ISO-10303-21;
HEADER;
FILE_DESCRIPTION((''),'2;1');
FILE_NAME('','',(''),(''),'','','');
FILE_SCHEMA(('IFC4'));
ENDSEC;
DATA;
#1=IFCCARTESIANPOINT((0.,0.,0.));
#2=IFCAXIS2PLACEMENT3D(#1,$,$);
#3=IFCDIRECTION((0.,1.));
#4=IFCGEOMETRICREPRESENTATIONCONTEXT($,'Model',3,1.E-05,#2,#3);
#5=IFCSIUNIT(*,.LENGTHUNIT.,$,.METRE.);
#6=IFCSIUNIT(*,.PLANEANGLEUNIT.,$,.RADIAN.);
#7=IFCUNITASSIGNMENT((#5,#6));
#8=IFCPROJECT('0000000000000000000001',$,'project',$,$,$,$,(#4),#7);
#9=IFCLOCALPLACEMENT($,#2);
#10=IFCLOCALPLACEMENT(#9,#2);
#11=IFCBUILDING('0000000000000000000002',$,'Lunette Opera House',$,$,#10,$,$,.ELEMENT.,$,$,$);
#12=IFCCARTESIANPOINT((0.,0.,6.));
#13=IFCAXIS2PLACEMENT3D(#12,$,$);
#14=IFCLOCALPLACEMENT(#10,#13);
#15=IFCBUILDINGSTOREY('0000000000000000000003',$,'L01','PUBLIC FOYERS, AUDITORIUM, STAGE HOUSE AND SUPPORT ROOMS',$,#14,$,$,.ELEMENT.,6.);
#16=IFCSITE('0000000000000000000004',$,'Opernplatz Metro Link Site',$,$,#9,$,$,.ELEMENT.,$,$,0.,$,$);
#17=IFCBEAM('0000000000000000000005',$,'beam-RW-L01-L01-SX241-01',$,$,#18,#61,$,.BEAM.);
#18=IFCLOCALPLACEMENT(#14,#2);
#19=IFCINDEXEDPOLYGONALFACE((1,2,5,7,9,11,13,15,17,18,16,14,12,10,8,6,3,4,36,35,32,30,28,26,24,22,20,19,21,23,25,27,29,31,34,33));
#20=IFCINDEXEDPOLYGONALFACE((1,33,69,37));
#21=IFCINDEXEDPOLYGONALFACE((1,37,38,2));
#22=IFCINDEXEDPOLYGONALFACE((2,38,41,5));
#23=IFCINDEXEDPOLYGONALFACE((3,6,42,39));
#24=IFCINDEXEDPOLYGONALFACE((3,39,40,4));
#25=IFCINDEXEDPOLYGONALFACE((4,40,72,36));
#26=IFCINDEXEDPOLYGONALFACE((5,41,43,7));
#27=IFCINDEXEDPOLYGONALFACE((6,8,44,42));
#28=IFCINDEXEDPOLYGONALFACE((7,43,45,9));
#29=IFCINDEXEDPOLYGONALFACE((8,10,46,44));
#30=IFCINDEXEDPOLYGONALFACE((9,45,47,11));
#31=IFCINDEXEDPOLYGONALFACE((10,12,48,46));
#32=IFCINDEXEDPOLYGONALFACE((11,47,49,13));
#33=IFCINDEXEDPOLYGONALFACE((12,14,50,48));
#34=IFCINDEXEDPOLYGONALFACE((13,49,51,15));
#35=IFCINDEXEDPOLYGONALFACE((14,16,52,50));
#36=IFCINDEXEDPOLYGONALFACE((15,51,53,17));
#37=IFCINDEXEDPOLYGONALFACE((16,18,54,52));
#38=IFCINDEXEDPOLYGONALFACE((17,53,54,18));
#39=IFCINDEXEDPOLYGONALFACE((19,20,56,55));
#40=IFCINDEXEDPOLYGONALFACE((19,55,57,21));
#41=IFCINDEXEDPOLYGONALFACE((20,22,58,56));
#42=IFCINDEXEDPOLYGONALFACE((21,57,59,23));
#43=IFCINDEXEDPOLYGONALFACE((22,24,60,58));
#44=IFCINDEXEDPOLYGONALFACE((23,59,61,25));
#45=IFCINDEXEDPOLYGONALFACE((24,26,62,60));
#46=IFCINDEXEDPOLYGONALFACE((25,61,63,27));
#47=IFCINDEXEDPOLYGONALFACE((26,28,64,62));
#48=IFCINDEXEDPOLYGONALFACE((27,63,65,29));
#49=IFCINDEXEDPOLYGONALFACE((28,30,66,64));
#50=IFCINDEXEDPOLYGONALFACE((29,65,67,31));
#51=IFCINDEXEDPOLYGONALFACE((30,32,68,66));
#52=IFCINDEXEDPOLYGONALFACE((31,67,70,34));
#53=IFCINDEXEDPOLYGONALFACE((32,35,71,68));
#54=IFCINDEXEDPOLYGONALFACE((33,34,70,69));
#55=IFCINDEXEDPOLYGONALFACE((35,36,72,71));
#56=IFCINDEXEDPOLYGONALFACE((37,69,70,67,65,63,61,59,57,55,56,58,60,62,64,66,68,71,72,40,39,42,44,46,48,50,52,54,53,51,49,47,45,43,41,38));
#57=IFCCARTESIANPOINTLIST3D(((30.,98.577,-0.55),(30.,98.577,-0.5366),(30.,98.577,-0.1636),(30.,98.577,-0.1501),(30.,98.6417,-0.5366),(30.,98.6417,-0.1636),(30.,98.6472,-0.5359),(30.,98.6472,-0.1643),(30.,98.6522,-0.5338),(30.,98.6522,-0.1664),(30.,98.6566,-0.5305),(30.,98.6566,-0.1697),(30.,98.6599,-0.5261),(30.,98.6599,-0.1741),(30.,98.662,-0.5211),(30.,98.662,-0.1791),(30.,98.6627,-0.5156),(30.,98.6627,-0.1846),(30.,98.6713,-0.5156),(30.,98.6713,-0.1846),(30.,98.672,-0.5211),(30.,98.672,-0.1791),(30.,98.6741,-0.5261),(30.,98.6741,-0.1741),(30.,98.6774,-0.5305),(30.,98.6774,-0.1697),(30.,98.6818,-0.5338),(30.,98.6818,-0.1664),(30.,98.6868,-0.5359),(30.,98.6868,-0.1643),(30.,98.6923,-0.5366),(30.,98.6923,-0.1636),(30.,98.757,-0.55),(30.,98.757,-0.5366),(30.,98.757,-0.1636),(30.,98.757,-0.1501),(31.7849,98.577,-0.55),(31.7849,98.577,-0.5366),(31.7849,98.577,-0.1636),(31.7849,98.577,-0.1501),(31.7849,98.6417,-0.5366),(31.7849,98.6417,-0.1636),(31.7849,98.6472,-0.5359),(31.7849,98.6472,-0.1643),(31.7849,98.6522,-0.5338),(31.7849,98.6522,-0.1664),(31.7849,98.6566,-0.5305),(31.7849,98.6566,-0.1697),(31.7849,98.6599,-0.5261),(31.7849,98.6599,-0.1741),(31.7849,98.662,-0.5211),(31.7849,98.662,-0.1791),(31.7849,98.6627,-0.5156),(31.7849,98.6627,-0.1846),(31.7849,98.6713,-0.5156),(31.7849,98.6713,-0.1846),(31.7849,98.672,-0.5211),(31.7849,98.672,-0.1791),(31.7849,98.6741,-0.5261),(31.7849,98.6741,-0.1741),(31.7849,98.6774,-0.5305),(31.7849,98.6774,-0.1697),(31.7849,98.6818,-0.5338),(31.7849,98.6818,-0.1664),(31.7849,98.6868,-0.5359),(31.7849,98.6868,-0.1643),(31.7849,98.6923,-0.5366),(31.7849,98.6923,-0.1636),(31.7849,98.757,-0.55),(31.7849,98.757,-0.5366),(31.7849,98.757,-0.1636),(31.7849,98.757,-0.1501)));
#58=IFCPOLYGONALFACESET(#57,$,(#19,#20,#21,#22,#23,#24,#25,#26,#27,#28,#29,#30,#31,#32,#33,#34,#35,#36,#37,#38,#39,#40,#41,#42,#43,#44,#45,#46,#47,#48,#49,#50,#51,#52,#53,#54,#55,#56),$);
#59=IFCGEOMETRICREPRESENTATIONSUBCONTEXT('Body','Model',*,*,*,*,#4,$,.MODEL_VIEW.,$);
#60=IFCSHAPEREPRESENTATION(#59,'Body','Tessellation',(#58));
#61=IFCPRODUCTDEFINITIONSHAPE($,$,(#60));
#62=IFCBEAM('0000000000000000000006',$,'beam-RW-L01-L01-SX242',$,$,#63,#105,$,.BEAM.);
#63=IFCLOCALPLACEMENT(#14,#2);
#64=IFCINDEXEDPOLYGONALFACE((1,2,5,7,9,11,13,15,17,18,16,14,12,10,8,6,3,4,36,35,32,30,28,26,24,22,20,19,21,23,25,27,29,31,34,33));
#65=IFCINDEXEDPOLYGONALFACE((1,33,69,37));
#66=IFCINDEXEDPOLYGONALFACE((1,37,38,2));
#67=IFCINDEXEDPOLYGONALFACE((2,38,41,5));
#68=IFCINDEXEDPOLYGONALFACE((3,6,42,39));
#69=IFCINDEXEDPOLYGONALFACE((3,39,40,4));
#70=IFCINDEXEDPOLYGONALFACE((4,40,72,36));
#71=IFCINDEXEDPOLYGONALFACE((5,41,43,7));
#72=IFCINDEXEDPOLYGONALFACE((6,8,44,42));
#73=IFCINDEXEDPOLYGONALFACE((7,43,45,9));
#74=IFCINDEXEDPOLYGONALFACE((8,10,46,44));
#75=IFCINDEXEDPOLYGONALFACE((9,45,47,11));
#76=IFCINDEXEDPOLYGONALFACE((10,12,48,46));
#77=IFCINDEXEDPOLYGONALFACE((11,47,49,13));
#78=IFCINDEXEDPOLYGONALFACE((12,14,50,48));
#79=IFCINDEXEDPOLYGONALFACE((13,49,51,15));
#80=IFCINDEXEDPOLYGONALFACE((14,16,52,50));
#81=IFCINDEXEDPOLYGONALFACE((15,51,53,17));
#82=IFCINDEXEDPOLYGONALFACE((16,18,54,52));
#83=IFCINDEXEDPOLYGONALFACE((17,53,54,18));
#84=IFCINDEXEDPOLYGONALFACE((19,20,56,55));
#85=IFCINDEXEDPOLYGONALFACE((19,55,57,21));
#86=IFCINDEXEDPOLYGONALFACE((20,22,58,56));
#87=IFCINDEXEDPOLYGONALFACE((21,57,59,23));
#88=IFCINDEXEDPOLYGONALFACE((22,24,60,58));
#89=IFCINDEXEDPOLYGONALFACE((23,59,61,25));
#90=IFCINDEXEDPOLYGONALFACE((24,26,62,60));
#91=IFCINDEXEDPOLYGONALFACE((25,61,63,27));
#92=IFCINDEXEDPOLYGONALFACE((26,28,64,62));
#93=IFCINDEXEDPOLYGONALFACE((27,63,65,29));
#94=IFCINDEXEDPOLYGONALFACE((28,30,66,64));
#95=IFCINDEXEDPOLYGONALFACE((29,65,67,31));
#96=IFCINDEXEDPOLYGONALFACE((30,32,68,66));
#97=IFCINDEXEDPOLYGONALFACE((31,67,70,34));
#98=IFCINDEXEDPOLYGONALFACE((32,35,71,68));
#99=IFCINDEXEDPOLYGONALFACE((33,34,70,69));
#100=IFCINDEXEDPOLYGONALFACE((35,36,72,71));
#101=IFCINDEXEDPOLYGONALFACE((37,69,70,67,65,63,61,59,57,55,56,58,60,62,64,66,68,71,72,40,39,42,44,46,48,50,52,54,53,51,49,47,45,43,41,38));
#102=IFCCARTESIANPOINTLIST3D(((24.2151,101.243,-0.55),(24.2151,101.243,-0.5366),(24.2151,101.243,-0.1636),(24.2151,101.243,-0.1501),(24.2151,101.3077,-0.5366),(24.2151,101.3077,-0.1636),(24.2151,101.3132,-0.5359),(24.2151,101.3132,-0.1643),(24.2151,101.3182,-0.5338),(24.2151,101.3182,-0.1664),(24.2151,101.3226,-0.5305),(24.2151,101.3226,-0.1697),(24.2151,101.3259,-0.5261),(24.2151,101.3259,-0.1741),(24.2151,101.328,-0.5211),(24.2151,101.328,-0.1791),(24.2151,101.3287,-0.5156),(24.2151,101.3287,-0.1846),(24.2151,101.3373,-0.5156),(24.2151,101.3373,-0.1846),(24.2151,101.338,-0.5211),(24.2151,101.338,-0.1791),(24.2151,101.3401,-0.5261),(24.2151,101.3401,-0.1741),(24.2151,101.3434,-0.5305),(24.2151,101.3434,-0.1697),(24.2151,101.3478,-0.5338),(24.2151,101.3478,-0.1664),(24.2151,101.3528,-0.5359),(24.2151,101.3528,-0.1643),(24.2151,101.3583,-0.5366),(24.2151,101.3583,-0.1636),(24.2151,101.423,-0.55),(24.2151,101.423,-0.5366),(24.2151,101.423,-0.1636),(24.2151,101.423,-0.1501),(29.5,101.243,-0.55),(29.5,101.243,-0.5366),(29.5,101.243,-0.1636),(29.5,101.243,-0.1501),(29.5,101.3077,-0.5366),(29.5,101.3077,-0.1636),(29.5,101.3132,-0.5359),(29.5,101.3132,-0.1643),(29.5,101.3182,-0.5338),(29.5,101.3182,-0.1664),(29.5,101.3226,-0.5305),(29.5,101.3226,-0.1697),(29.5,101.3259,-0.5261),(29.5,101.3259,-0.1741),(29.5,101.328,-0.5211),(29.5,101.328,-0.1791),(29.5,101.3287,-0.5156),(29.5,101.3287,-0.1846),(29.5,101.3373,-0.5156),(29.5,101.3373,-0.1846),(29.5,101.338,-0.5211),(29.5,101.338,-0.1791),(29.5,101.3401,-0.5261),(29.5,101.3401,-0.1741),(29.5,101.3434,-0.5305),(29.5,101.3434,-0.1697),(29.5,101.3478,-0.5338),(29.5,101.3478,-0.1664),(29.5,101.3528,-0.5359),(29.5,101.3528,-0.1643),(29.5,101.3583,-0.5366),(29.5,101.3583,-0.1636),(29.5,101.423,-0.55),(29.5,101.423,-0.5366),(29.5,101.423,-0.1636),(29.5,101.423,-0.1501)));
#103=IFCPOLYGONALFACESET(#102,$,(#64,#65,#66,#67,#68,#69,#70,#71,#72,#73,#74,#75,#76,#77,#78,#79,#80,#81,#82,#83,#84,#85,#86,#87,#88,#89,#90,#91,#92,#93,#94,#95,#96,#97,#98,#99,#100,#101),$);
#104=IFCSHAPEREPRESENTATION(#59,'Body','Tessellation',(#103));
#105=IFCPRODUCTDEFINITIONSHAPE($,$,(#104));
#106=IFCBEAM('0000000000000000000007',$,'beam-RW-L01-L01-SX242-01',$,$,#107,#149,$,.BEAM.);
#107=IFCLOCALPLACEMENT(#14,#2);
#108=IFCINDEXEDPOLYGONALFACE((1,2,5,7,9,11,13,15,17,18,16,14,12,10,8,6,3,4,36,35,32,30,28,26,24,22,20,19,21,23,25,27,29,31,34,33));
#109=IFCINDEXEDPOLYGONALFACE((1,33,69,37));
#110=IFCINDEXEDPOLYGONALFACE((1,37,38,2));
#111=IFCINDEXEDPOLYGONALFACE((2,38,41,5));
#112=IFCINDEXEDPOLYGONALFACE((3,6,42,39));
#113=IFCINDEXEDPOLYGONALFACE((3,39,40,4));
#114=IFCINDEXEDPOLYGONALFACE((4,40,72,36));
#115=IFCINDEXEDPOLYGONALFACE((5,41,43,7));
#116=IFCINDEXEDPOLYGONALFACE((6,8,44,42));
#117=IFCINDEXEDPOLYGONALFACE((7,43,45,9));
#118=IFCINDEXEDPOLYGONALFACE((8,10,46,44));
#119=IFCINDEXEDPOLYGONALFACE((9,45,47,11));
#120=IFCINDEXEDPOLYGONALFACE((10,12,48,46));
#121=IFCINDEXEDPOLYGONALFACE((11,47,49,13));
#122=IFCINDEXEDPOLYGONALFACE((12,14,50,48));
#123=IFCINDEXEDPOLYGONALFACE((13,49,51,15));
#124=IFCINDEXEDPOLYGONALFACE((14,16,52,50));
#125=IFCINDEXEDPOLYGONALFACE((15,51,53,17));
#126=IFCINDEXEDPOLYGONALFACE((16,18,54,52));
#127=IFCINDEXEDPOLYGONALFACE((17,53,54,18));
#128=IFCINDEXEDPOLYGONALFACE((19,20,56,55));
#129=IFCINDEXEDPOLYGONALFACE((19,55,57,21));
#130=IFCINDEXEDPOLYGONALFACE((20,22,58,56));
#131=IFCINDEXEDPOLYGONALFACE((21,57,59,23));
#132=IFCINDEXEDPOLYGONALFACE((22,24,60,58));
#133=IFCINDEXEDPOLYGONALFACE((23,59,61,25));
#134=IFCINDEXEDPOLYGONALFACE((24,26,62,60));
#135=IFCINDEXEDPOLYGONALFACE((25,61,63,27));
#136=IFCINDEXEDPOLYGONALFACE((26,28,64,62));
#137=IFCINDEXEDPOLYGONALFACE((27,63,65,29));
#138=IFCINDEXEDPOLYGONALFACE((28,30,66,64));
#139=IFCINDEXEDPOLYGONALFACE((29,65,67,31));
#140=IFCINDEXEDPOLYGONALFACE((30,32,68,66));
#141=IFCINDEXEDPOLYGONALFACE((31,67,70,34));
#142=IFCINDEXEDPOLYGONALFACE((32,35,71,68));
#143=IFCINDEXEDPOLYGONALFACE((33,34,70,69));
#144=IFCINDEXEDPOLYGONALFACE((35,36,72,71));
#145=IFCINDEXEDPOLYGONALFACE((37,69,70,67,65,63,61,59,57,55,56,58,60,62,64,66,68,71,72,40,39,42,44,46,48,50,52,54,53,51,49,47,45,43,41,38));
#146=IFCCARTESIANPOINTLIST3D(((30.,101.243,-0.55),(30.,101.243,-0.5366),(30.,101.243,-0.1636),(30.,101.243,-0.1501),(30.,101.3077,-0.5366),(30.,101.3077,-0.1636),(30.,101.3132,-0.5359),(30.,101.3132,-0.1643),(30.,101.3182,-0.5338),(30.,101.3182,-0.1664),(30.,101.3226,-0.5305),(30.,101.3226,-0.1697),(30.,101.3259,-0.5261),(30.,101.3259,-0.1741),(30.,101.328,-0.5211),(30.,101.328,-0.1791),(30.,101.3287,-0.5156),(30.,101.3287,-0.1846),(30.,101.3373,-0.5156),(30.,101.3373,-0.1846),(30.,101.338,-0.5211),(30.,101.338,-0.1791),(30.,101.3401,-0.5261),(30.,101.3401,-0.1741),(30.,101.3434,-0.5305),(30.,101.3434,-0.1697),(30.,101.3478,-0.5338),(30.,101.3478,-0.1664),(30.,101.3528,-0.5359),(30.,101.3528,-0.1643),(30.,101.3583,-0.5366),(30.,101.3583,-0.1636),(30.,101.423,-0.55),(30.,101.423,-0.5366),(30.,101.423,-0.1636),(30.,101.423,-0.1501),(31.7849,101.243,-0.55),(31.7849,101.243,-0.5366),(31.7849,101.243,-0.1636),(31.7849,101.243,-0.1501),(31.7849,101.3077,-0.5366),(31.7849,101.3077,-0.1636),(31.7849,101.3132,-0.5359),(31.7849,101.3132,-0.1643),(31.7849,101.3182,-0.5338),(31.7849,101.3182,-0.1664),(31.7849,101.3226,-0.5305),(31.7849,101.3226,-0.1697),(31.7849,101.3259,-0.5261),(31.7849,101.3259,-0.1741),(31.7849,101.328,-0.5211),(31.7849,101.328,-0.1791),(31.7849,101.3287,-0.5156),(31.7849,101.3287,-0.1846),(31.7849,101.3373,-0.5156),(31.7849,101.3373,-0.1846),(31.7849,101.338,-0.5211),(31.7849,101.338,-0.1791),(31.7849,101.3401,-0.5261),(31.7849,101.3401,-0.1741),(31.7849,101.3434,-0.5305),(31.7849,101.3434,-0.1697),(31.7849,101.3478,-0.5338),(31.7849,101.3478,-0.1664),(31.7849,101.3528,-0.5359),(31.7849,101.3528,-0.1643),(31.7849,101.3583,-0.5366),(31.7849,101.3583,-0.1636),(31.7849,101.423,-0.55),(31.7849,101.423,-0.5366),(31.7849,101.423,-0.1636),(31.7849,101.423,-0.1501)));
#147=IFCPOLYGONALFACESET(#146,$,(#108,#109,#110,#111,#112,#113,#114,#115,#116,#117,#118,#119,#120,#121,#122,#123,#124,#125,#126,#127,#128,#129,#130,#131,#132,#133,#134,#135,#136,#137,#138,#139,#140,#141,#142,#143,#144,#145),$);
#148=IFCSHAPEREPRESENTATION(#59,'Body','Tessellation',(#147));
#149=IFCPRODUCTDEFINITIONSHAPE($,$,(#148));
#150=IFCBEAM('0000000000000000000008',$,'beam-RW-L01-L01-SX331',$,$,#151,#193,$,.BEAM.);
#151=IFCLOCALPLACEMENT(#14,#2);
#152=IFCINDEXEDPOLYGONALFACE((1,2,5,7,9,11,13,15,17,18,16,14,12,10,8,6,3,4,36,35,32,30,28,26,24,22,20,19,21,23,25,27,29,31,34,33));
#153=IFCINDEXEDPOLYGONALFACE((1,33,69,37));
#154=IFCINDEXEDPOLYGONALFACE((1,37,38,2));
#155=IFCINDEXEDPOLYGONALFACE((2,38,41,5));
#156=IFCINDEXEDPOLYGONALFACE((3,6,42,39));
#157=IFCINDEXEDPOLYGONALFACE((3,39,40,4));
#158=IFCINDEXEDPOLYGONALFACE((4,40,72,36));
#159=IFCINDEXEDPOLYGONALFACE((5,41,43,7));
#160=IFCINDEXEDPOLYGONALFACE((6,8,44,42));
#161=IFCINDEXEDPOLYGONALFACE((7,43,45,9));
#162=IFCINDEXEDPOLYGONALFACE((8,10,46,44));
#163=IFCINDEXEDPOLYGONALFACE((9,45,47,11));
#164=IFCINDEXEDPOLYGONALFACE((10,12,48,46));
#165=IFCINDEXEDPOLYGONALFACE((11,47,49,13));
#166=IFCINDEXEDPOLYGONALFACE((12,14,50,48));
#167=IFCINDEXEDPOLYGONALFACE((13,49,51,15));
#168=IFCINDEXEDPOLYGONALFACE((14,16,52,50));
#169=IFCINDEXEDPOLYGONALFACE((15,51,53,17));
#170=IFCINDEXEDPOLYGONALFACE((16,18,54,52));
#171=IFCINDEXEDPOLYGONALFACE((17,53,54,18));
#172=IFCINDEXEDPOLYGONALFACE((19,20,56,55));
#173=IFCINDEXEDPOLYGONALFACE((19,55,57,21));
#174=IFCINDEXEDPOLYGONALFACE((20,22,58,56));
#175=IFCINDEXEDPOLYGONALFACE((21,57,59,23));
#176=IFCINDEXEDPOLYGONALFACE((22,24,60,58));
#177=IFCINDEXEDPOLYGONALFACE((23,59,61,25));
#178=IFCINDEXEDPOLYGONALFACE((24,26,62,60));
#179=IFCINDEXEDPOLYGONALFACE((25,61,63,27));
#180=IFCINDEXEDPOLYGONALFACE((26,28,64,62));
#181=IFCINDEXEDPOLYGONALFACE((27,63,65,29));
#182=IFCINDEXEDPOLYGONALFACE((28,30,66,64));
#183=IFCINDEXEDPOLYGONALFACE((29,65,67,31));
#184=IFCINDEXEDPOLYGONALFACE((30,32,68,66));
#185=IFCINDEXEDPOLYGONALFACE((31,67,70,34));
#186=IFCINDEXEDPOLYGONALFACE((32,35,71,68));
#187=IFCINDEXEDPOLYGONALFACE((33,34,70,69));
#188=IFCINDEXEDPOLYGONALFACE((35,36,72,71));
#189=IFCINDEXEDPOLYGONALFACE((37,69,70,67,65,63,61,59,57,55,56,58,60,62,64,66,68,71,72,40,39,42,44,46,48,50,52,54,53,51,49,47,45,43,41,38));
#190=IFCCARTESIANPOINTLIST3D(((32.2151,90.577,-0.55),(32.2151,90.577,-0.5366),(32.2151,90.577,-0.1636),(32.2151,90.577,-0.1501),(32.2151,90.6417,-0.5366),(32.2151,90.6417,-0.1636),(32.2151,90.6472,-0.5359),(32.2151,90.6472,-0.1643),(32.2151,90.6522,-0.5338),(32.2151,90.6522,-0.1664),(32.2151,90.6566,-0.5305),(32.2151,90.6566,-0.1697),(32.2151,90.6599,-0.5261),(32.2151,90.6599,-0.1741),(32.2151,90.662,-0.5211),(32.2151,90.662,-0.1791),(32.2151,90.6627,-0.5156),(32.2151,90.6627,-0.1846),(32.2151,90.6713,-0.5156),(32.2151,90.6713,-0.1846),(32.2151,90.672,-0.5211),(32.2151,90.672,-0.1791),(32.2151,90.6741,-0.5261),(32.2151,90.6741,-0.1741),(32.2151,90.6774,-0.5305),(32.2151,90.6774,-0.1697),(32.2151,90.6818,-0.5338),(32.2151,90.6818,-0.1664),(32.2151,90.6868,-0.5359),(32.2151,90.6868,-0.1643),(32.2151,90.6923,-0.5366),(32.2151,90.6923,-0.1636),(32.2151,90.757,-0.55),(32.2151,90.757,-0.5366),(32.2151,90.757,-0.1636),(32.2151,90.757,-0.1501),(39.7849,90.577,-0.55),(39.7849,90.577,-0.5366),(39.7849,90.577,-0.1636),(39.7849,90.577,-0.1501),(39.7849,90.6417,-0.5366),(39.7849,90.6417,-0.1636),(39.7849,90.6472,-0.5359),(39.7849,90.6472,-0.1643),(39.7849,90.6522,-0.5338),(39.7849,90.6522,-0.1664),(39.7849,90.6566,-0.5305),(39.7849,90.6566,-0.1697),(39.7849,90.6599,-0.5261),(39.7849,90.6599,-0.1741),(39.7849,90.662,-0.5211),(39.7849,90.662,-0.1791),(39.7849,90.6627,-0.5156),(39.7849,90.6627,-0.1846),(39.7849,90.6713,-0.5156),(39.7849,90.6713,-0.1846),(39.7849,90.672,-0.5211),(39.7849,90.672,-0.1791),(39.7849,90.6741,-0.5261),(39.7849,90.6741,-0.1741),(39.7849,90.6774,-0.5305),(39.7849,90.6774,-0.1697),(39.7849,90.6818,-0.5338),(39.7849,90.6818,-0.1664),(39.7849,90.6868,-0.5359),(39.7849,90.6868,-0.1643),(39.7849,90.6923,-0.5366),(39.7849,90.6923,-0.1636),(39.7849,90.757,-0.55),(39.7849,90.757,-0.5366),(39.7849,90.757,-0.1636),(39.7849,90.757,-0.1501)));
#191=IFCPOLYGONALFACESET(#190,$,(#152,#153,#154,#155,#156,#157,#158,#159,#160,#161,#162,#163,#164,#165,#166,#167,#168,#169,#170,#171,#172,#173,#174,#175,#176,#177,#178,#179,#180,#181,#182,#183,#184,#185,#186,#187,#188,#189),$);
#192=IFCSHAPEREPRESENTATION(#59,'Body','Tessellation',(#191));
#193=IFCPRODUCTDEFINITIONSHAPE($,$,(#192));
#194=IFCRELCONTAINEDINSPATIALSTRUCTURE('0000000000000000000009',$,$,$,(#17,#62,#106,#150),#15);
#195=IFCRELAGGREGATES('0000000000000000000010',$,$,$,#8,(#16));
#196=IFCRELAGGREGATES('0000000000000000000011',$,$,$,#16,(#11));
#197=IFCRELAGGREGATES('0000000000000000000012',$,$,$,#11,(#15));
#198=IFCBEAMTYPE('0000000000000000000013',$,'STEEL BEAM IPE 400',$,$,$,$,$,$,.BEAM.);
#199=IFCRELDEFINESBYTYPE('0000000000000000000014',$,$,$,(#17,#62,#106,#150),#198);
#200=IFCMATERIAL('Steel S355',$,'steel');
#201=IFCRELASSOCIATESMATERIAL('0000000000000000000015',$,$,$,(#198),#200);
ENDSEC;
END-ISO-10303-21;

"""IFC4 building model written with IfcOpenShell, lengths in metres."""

from ifc_helpers import new_model, si_unit, direction, frame, origin, origin_2d, place, context, subcontext, project, spatial, i_section, extrude, material, material_profile, profile_set, type_object, element, save


model = new_model("IFC4")

# Units and contexts
model_context = context("Model", 3, precision=1e-05, world=origin(), true_north=direction((0.0, 1.0)))
body_context = subcontext(model_context, "Body", "Model", "MODEL_VIEW")
ifc_project = project(units=[si_unit("LENGTHUNIT", "METRE"), si_unit("PLANEANGLEUNIT", "RADIAN")], contexts=[model_context])

# Site, building, storey
site_placement = place(None, origin())
site = spatial("IfcSite", under=ifc_project, at=site_placement, Name="Opernplatz Metro Link Site", CompositionType="ELEMENT", RefElevation=0.0)
building_placement = place(site_placement, origin())
building = spatial("IfcBuilding", under=site, at=building_placement, Name="Lunette Opera House", CompositionType="ELEMENT")
storey_placement = place(building_placement, frame((0.0, 0.0, 6.0)))
storey = spatial("IfcBuildingStorey", under=building, at=storey_placement, Name="L01", Description="PUBLIC FOYERS, AUDITORIUM, STAGE HOUSE AND SUPPORT ROOMS", CompositionType="ELEMENT", Elevation=6.0)

# Beams
ifc_material_1 = material(Name="Steel S355", Category="steel")
ifc_material_profile_1 = material_profile(ifc_material_1, i_section(OverallWidth=0.1799, OverallDepth=0.3999, WebThickness=0.0085, FlangeThickness=0.0134, FilletRadius=0.021, at=origin_2d()), Name="IPE 400")
ifc_profile_set_1 = profile_set([ifc_material_profile_1], Name="Steel S355")
beam_type_1 = type_object("IfcBeamType", Name="STEEL BEAM IPE 400", PredefinedType="BEAM", material=ifc_profile_set_1)
beam_1_placement = place(storey_placement, frame((30.0, 98.667, -0.3501), z_axis=(1.0, 0.0, 0.0), x_axis=(0.0, 1.0, 0.0)))
element("IfcBeam", 1, at=beam_1_placement, inside=storey, type_object=beam_type_1, Name="beam-RW-L01-L01-SX241-01", PredefinedType="BEAM", context=body_context, shape_type="SweptSolid", body=[
    extrude(i_section(OverallWidth=0.1799, OverallDepth=0.3999, WebThickness=0.0085, FlangeThickness=0.0134, FilletRadius=0.021, at=origin_2d()), origin(), (0.0, 0.0, 1.0), 1.7849),
])
beam_2_placement = place(storey_placement, frame((24.2151, 101.333, -0.3501), z_axis=(1.0, 0.0, 0.0), x_axis=(0.0, 1.0, 0.0)))
element("IfcBeam", 2, at=beam_2_placement, inside=storey, type_object=beam_type_1, Name="beam-RW-L01-L01-SX242", PredefinedType="BEAM", context=body_context, shape_type="SweptSolid", body=[
    extrude(i_section(OverallWidth=0.1799, OverallDepth=0.3999, WebThickness=0.0085, FlangeThickness=0.0134, FilletRadius=0.021, at=origin_2d()), origin(), (0.0, 0.0, 1.0), 5.2849),
])
beam_3_placement = place(storey_placement, frame((30.0, 101.333, -0.3501), z_axis=(1.0, 0.0, 0.0), x_axis=(0.0, 1.0, 0.0)))
element("IfcBeam", 3, at=beam_3_placement, inside=storey, type_object=beam_type_1, Name="beam-RW-L01-L01-SX242-01", PredefinedType="BEAM", context=body_context, shape_type="SweptSolid", body=[
    extrude(i_section(OverallWidth=0.1799, OverallDepth=0.3999, WebThickness=0.0085, FlangeThickness=0.0134, FilletRadius=0.021, at=origin_2d()), origin(), (0.0, 0.0, 1.0), 1.7849),
])
for number, where, z_axis, x_axis, name in (
    (4, (32.2151, 90.667, -0.3501), (1.0, 0.0, 0.0), (0.0, 1.0, 0.0), "beam-RW-L01-L01-SX331"),
):
    element("IfcBeam", number, at=place(storey_placement, frame(where, z_axis=z_axis, x_axis=x_axis)), inside=storey, type_object=beam_type_1, Name=name, PredefinedType="BEAM", context=body_context, shape_type="SweptSolid", body=[
        extrude(i_section(OverallWidth=0.1799, OverallDepth=0.3999, WebThickness=0.0085, FlangeThickness=0.0134, FilletRadius=0.021, at=origin_2d()), origin(), (0.0, 0.0, 1.0), 7.5698),
    ])

save(model, "model.ifc")
